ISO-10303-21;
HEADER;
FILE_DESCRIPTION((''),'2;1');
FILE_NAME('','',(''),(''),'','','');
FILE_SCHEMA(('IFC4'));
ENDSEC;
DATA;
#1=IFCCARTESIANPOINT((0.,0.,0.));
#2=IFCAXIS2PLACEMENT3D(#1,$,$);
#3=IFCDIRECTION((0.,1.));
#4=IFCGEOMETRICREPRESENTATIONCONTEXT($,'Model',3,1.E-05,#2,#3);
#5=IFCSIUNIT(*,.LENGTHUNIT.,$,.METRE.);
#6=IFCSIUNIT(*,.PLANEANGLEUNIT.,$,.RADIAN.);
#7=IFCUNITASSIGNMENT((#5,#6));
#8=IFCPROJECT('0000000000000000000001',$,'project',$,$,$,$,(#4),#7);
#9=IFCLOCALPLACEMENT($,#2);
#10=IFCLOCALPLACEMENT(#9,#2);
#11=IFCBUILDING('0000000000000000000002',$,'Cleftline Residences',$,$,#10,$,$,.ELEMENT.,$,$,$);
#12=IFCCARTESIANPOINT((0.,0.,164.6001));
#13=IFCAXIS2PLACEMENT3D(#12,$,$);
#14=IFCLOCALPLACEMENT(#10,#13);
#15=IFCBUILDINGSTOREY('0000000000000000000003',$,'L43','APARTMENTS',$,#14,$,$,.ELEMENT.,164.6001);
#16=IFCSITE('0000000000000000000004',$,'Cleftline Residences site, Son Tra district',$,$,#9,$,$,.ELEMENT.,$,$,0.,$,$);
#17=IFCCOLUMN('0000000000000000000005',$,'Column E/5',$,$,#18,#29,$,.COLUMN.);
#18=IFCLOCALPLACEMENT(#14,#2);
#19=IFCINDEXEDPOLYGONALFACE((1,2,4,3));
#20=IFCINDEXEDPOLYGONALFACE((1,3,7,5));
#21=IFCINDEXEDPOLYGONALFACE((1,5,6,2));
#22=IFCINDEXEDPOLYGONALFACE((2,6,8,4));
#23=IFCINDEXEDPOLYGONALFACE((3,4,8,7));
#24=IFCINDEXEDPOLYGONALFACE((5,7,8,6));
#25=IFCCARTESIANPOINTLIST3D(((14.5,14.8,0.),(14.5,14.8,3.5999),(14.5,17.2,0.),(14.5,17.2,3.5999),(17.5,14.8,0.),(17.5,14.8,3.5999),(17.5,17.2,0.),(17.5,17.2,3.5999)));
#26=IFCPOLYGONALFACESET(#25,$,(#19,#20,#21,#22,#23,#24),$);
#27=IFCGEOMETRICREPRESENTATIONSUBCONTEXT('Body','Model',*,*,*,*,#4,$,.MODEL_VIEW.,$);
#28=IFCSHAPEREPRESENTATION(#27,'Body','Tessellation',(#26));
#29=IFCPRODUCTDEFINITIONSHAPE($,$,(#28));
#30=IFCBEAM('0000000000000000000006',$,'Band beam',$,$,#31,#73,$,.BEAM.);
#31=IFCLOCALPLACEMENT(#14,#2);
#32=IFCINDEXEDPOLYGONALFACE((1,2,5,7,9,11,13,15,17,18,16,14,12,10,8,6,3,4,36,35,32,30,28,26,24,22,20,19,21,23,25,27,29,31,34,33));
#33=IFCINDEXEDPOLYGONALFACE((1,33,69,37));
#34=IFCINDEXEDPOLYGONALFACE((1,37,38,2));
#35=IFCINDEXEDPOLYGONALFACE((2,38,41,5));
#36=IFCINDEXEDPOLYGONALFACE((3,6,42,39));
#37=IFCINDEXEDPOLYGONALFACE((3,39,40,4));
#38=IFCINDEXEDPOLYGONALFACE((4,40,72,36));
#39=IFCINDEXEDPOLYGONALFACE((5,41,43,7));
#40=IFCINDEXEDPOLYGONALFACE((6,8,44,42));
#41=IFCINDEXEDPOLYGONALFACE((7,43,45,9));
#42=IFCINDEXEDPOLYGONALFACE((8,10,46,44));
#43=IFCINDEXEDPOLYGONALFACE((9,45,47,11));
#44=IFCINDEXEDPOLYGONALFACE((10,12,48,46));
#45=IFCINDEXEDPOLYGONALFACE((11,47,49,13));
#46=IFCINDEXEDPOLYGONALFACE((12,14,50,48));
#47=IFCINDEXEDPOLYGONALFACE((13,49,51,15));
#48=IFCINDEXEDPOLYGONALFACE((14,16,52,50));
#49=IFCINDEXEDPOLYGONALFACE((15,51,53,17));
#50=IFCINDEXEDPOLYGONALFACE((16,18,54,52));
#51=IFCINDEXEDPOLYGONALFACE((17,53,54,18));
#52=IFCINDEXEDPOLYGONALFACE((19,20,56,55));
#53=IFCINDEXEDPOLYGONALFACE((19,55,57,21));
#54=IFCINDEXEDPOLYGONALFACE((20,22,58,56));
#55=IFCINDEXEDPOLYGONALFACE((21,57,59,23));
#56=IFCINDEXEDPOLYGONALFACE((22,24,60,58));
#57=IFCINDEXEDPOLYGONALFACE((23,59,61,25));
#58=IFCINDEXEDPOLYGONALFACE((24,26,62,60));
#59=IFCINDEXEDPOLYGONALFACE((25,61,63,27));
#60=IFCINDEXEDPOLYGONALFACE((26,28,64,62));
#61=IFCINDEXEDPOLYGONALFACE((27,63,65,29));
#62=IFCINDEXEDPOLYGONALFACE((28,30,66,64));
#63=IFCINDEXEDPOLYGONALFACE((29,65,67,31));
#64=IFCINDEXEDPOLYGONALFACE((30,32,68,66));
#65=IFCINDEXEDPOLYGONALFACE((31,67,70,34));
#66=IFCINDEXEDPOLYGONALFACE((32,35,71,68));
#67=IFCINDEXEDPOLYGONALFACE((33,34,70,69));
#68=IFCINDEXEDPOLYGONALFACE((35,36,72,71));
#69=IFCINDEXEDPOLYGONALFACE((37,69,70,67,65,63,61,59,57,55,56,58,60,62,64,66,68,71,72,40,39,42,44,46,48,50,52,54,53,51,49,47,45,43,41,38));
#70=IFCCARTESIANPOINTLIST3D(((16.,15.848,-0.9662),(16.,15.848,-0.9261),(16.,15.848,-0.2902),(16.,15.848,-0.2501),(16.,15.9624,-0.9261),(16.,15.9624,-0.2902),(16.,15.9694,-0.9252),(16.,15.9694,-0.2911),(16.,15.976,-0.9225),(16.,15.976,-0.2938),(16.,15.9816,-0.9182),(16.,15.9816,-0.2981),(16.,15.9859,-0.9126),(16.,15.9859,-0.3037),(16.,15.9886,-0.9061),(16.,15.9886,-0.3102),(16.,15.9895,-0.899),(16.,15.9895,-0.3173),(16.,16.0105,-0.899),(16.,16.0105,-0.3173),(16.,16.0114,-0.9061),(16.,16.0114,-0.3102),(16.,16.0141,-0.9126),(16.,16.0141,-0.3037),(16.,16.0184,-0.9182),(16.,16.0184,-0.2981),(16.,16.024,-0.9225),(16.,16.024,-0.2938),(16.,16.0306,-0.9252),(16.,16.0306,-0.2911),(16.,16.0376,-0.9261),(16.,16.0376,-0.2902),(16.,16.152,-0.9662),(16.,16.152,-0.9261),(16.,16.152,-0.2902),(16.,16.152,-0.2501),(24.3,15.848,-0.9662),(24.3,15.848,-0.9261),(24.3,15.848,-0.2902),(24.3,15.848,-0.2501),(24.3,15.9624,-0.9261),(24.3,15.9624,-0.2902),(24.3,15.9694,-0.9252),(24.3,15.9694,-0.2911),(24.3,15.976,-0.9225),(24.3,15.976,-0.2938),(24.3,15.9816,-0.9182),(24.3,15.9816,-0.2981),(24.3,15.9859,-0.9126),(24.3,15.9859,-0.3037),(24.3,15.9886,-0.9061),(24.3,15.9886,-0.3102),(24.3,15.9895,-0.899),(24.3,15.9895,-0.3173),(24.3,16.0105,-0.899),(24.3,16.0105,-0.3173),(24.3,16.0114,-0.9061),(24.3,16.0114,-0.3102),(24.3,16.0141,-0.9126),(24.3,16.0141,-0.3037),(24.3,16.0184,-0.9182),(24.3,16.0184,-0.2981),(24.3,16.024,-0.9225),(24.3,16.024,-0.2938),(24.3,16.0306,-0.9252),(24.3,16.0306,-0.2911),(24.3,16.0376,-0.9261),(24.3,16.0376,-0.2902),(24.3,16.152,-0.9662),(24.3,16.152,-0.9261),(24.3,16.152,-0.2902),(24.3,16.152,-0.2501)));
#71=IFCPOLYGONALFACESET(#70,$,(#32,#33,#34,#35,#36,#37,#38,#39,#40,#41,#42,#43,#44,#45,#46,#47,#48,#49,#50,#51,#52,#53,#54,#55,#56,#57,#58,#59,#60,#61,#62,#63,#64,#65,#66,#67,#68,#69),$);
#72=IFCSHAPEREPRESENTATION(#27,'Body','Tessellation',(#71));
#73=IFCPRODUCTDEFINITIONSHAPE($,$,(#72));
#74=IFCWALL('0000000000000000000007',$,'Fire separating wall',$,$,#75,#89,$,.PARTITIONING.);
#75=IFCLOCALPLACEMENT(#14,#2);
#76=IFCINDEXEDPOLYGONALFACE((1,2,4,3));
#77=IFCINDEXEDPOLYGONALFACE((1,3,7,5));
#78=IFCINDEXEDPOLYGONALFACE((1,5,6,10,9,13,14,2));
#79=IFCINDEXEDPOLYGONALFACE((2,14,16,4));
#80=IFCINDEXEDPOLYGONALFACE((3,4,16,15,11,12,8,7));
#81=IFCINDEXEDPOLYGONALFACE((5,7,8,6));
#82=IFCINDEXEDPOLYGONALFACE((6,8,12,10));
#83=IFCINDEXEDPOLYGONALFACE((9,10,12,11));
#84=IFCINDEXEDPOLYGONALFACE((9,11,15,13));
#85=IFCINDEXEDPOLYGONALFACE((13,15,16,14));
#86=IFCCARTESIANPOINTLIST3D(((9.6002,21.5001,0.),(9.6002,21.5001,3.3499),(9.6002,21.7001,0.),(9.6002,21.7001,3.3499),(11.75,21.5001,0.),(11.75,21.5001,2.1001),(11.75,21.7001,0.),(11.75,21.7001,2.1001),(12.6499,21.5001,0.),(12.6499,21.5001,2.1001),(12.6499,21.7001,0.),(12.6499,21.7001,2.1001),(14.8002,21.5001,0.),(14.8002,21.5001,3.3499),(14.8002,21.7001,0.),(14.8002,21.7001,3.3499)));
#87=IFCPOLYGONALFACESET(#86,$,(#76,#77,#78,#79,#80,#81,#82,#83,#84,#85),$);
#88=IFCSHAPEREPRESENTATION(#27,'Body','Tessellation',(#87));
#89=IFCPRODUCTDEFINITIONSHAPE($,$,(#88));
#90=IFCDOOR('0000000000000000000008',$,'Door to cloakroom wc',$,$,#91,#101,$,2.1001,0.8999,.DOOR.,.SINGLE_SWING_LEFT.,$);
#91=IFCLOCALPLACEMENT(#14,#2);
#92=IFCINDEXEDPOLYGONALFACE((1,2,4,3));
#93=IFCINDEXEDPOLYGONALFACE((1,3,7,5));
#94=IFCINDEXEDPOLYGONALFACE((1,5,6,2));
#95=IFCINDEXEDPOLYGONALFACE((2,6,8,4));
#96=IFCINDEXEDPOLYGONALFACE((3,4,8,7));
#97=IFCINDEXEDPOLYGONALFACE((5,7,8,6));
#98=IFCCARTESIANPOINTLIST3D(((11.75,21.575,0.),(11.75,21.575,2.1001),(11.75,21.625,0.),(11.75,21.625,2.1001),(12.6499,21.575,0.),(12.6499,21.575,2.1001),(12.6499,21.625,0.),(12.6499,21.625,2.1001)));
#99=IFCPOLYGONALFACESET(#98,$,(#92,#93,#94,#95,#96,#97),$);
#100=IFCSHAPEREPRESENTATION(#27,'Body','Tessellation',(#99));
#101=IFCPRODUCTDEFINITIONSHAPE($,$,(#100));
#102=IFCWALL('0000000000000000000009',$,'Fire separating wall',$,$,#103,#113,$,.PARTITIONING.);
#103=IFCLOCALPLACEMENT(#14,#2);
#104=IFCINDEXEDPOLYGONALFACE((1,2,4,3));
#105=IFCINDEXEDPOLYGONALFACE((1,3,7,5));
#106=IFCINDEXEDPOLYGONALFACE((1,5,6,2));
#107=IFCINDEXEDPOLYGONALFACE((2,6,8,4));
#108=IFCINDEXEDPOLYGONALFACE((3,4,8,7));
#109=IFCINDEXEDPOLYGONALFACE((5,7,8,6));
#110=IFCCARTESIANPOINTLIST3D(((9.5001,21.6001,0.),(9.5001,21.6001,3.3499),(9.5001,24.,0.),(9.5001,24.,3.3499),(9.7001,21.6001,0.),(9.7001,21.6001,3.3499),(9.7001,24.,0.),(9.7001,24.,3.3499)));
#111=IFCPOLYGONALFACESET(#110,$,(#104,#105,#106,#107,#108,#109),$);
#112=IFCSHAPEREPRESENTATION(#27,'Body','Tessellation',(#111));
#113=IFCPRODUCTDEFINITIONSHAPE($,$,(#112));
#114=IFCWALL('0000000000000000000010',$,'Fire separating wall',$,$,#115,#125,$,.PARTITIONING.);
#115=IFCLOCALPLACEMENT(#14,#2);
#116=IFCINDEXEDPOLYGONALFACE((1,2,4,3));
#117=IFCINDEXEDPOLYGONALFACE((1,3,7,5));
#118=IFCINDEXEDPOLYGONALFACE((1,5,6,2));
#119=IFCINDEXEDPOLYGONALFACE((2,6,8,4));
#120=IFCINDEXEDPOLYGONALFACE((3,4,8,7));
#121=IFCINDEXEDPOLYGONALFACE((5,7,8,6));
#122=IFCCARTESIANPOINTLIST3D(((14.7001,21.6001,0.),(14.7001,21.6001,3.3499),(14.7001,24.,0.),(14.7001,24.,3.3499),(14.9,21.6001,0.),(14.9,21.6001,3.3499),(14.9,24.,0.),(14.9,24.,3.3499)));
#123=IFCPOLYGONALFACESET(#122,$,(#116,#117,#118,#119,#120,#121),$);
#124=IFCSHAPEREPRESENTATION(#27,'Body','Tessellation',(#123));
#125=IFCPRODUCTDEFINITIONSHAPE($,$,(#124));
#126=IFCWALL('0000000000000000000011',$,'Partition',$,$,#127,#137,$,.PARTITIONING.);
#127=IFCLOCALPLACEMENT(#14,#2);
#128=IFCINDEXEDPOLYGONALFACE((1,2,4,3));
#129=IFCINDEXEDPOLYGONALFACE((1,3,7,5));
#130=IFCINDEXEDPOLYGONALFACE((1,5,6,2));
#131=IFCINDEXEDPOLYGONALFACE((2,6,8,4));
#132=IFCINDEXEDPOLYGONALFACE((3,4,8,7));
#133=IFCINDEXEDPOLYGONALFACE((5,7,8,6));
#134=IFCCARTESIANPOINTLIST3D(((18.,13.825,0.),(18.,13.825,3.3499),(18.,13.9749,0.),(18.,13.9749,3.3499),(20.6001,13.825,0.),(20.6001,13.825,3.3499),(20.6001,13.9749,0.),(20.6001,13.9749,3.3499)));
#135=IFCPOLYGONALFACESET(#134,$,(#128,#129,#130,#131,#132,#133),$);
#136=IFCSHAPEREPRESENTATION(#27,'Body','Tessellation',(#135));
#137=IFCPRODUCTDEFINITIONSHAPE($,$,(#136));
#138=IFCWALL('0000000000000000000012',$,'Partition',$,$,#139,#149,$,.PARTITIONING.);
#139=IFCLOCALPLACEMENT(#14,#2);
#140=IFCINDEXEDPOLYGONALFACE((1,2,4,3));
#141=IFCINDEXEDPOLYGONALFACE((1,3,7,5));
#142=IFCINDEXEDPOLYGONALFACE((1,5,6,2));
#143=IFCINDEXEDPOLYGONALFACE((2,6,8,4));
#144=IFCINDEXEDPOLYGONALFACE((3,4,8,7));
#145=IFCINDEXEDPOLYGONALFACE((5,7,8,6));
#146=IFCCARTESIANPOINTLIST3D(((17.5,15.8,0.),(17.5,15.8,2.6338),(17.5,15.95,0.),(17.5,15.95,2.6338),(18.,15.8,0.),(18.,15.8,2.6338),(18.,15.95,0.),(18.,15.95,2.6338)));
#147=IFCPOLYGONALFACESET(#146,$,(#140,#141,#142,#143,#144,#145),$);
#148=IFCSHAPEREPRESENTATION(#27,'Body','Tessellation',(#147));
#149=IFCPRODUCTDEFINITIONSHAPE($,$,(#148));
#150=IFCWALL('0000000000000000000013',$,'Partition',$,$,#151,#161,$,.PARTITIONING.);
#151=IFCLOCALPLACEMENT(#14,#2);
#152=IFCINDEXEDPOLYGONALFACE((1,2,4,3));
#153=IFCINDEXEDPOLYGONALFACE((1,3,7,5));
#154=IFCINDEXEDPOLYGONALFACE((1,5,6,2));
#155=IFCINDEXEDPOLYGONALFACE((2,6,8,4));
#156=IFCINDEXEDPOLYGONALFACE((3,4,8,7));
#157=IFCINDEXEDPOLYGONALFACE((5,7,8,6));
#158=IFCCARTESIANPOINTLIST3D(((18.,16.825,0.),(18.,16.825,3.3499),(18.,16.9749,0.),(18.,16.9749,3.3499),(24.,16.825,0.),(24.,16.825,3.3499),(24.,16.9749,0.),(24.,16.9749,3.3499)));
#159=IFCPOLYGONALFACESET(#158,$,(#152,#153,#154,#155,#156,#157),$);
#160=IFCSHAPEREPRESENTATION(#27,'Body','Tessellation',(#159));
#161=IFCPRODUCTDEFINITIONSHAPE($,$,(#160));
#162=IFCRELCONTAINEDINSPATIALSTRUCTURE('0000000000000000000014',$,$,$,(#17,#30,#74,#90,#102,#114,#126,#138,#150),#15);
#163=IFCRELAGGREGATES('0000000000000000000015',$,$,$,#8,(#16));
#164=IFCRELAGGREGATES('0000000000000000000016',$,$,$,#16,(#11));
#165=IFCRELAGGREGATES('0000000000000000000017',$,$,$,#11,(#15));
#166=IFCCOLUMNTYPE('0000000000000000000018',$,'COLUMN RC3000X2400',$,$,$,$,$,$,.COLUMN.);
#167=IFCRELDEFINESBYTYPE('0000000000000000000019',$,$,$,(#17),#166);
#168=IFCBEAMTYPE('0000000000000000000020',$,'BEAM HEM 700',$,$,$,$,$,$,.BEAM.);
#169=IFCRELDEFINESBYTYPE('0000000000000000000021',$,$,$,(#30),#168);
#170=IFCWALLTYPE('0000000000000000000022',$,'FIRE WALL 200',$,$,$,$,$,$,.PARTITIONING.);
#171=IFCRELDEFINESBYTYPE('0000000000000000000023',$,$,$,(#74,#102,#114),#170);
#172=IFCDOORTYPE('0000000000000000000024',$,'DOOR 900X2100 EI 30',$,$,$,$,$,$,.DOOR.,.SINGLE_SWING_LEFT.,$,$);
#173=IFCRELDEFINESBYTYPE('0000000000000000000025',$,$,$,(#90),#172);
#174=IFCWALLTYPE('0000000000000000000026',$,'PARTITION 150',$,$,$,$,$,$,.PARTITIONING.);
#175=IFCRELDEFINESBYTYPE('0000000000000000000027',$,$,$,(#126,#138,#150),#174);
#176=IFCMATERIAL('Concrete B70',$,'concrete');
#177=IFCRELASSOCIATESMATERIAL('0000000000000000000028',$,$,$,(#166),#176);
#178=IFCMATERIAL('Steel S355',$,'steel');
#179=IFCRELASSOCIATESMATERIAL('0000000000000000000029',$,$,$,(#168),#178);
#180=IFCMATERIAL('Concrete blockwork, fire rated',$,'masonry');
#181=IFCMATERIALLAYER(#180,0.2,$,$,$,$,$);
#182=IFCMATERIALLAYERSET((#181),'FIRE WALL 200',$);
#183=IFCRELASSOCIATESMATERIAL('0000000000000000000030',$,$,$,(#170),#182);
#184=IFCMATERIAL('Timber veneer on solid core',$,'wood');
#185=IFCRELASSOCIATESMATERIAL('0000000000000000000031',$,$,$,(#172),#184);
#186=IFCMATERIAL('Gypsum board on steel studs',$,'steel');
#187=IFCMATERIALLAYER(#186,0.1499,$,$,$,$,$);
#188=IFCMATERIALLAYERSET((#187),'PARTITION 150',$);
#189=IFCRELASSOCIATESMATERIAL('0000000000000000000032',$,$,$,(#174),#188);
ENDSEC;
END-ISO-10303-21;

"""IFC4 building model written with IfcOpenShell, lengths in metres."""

from ifc_helpers import new_model, si_unit, direction, frame, frame_2d, origin, origin_2d, place, context, subcontext, project, spatial, rectangle, i_section, extrude, material, layer, layer_set, material_profile, profile_set, type_object, element, fill, save


model = new_model("IFC4")

# Units and contexts
model_context = context("Model", 3, precision=1e-05, world=origin(), true_north=direction((0.0, 1.0)))
body_context = subcontext(model_context, "Body", "Model", "MODEL_VIEW")
ifc_project = project(units=[si_unit("LENGTHUNIT", "METRE"), si_unit("PLANEANGLEUNIT", "RADIAN")], contexts=[model_context])

# Site, building, storey
site_placement = place(None, origin())
site = spatial("IfcSite", under=ifc_project, at=site_placement, Name="Cleftline Residences site, Son Tra district", CompositionType="ELEMENT", RefElevation=0.0)
building_placement = place(site_placement, origin())
building = spatial("IfcBuilding", under=site, at=building_placement, Name="Cleftline Residences", CompositionType="ELEMENT")
storey_placement = place(building_placement, frame((0.0, 0.0, 164.6001)))
storey = spatial("IfcBuildingStorey", under=building, at=storey_placement, Name="L43", Description="APARTMENTS", CompositionType="ELEMENT", Elevation=164.6001)

# Column
ifc_material_1 = material(Name="Concrete B70", Category="concrete")
ifc_material_profile_1 = material_profile(ifc_material_1, rectangle(XDim=3.0, YDim=2.3999, at=origin_2d()))
ifc_profile_set_1 = profile_set([ifc_material_profile_1], Name="Concrete B70")
column_type = type_object("IfcColumnType", Name="COLUMN RC3000X2400", PredefinedType="COLUMN", material=ifc_profile_set_1)
column_placement = place(storey_placement, frame((16.0, 16.0, 0.0), z_axis=(0.0, 0.0, 1.0), x_axis=(1.0, 0.0, 0.0)))
element("IfcColumn", 1, at=column_placement, inside=storey, type_object=column_type, Name="Column E/5", PredefinedType="COLUMN", context=body_context, shape_type="SweptSolid", body=[
    extrude(rectangle(XDim=3.0, YDim=2.3999, at=origin_2d()), origin(), (0.0, 0.0, 1.0), 3.5999),
])

# Beam
ifc_material_2 = material(Name="Steel S355", Category="steel")
ifc_material_profile_2 = material_profile(ifc_material_2, i_section(OverallWidth=0.304, OverallDepth=0.7161, WebThickness=0.021, FlangeThickness=0.04, FilletRadius=0.0271, at=origin_2d()))
ifc_profile_set_2 = profile_set([ifc_material_profile_2], Name="Steel S355")
beam_type = type_object("IfcBeamType", Name="BEAM HEM 700", PredefinedType="BEAM", material=ifc_profile_set_2)
beam_placement = place(storey_placement, frame((16.0, 16.0, -0.6082), z_axis=(1.0, 0.0, 0.0), x_axis=(0.0, 1.0, 0.0)))
element("IfcBeam", 2, at=beam_placement, inside=storey, type_object=beam_type, Name="Band beam", PredefinedType="BEAM", context=body_context, shape_type="SweptSolid", body=[
    extrude(i_section(OverallWidth=0.304, OverallDepth=0.7161, WebThickness=0.021, FlangeThickness=0.04, FilletRadius=0.0271, at=origin_2d()), origin(), (0.0, 0.0, 1.0), 8.3),
])

# Wall, opening, door
ifc_material_3 = material(Name="Concrete blockwork, fire rated", Category="masonry")
ifc_layer_1 = layer(ifc_material_3, 0.2)
ifc_layer_set_1 = layer_set([ifc_layer_1], Name="FIRE WALL 200")
wall_type_1 = type_object("IfcWallType", Name="FIRE WALL 200", PredefinedType="PARTITIONING", material=ifc_layer_set_1)
wall_1_placement = place(storey_placement, frame((9.6001, 21.6001, 0.0), z_axis=(0.0, 0.0, 1.0), x_axis=(1.0, 0.0, 0.0)))
wall_1 = element("IfcWall", 3, at=wall_1_placement, inside=storey, type_object=wall_type_1, Name="Fire separating wall", PredefinedType="PARTITIONING", context=body_context, shape_type="SweptSolid", body=[
    extrude(rectangle(XDim=5.2, YDim=0.2, at=frame_2d((2.6001, 0.0))), origin(), (0.0, 0.0, 1.0), 3.3499),
])
opening_1_placement = place(wall_1_placement, frame((2.1499, 0.0, 0.0)))
opening_1 = element("IfcOpeningElement", 4, at=opening_1_placement, cuts=wall_1, PredefinedType="OPENING", context=body_context, shape_type="SweptSolid", body=[
    extrude(rectangle(XDim=0.8999, YDim=2.1001, at=frame_2d((0.45, 1.05))), frame((0.0, 0.1099, 0.0), z_axis=(0.0, -1.0, 0.0), x_axis=(1.0, 0.0, 0.0)), (0.0, 0.0, 1.0), 0.22),
])
ifc_material_4 = material(Name="Timber veneer on solid core", Category="wood")
door_type_1 = type_object("IfcDoorType", Name="DOOR 900X2100 EI 30", OperationType="SINGLE_SWING_LEFT", PredefinedType="DOOR", material=ifc_material_4)
door_1_placement = place(opening_1_placement, origin())
door_1 = element("IfcDoor", 5, at=door_1_placement, inside=storey, type_object=door_type_1, Name="Door to cloakroom wc", OperationType="SINGLE_SWING_LEFT", OverallHeight=2.1001, OverallWidth=0.8999, PredefinedType="DOOR", context=body_context, shape_type="SweptSolid", body=[
    extrude(rectangle(XDim=0.8999, YDim=2.1001, at=frame_2d((0.45, 1.05))), frame((0.0, 0.0249, 0.0), z_axis=(0.0, -1.0, 0.0), x_axis=(1.0, 0.0, 0.0)), (0.0, 0.0, 1.0), 0.05),
])
fill(opening_1, door_1)

# Walls
for number, where, z_axis, x_axis, name in (
    (6, (9.6001, 21.6001, 0.0), (0.0, 0.0, 1.0), (0.0, 1.0, 0.0), "Fire separating wall"),
    (7, (14.8, 21.6001, 0.0), (0.0, 0.0, 1.0), (0.0, 1.0, 0.0), "Fire separating wall"),
):
    element("IfcWall", number, at=place(storey_placement, frame(where, z_axis=z_axis, x_axis=x_axis)), inside=storey, type_object=wall_type_1, Name=name, PredefinedType="PARTITIONING", context=body_context, shape_type="SweptSolid", body=[
        extrude(rectangle(XDim=2.3999, YDim=0.2, at=frame_2d((1.2, 0.0))), origin(), (0.0, 0.0, 1.0), 3.3499),
    ])

# Walls
ifc_material_5 = material(Name="Gypsum board on steel studs", Category="steel")
ifc_layer_2 = layer(ifc_material_5, 0.1499)
ifc_layer_set_2 = layer_set([ifc_layer_2], Name="PARTITION 150")
wall_type_2 = type_object("IfcWallType", Name="PARTITION 150", PredefinedType="PARTITIONING", material=ifc_layer_set_2)
wall_2_placement = place(storey_placement, frame((18.0, 13.8999, 0.0), z_axis=(0.0, 0.0, 1.0), x_axis=(1.0, 0.0, 0.0)))
element("IfcWall", 8, at=wall_2_placement, inside=storey, type_object=wall_type_2, Name="Partition", PredefinedType="PARTITIONING", context=body_context, shape_type="SweptSolid", body=[
    extrude(rectangle(XDim=2.6001, YDim=0.1499, at=frame_2d((1.3, 0.0))), origin(), (0.0, 0.0, 1.0), 3.3499),
])
wall_3_placement = place(storey_placement, frame((17.5, 15.875, 0.0), z_axis=(0.0, 0.0, 1.0), x_axis=(1.0, 0.0, 0.0)))
element("IfcWall", 9, at=wall_3_placement, inside=storey, type_object=wall_type_2, Name="Partition", PredefinedType="PARTITIONING", context=body_context, shape_type="SweptSolid", body=[
    extrude(rectangle(XDim=0.5, YDim=0.1499, at=frame_2d((0.25, 0.0))), origin(), (0.0, 0.0, 1.0), 2.6338),
])
wall_4_placement = place(storey_placement, frame((18.0, 16.8999, 0.0), z_axis=(0.0, 0.0, 1.0), x_axis=(1.0, 0.0, 0.0)))
element("IfcWall", 10, at=wall_4_placement, inside=storey, type_object=wall_type_2, Name="Partition", PredefinedType="PARTITIONING", context=body_context, shape_type="SweptSolid", body=[
    extrude(rectangle(XDim=6.0, YDim=0.1499, at=frame_2d((3.0, 0.0))), origin(), (0.0, 0.0, 1.0), 3.3499),
])

save(model, "model.ifc")
